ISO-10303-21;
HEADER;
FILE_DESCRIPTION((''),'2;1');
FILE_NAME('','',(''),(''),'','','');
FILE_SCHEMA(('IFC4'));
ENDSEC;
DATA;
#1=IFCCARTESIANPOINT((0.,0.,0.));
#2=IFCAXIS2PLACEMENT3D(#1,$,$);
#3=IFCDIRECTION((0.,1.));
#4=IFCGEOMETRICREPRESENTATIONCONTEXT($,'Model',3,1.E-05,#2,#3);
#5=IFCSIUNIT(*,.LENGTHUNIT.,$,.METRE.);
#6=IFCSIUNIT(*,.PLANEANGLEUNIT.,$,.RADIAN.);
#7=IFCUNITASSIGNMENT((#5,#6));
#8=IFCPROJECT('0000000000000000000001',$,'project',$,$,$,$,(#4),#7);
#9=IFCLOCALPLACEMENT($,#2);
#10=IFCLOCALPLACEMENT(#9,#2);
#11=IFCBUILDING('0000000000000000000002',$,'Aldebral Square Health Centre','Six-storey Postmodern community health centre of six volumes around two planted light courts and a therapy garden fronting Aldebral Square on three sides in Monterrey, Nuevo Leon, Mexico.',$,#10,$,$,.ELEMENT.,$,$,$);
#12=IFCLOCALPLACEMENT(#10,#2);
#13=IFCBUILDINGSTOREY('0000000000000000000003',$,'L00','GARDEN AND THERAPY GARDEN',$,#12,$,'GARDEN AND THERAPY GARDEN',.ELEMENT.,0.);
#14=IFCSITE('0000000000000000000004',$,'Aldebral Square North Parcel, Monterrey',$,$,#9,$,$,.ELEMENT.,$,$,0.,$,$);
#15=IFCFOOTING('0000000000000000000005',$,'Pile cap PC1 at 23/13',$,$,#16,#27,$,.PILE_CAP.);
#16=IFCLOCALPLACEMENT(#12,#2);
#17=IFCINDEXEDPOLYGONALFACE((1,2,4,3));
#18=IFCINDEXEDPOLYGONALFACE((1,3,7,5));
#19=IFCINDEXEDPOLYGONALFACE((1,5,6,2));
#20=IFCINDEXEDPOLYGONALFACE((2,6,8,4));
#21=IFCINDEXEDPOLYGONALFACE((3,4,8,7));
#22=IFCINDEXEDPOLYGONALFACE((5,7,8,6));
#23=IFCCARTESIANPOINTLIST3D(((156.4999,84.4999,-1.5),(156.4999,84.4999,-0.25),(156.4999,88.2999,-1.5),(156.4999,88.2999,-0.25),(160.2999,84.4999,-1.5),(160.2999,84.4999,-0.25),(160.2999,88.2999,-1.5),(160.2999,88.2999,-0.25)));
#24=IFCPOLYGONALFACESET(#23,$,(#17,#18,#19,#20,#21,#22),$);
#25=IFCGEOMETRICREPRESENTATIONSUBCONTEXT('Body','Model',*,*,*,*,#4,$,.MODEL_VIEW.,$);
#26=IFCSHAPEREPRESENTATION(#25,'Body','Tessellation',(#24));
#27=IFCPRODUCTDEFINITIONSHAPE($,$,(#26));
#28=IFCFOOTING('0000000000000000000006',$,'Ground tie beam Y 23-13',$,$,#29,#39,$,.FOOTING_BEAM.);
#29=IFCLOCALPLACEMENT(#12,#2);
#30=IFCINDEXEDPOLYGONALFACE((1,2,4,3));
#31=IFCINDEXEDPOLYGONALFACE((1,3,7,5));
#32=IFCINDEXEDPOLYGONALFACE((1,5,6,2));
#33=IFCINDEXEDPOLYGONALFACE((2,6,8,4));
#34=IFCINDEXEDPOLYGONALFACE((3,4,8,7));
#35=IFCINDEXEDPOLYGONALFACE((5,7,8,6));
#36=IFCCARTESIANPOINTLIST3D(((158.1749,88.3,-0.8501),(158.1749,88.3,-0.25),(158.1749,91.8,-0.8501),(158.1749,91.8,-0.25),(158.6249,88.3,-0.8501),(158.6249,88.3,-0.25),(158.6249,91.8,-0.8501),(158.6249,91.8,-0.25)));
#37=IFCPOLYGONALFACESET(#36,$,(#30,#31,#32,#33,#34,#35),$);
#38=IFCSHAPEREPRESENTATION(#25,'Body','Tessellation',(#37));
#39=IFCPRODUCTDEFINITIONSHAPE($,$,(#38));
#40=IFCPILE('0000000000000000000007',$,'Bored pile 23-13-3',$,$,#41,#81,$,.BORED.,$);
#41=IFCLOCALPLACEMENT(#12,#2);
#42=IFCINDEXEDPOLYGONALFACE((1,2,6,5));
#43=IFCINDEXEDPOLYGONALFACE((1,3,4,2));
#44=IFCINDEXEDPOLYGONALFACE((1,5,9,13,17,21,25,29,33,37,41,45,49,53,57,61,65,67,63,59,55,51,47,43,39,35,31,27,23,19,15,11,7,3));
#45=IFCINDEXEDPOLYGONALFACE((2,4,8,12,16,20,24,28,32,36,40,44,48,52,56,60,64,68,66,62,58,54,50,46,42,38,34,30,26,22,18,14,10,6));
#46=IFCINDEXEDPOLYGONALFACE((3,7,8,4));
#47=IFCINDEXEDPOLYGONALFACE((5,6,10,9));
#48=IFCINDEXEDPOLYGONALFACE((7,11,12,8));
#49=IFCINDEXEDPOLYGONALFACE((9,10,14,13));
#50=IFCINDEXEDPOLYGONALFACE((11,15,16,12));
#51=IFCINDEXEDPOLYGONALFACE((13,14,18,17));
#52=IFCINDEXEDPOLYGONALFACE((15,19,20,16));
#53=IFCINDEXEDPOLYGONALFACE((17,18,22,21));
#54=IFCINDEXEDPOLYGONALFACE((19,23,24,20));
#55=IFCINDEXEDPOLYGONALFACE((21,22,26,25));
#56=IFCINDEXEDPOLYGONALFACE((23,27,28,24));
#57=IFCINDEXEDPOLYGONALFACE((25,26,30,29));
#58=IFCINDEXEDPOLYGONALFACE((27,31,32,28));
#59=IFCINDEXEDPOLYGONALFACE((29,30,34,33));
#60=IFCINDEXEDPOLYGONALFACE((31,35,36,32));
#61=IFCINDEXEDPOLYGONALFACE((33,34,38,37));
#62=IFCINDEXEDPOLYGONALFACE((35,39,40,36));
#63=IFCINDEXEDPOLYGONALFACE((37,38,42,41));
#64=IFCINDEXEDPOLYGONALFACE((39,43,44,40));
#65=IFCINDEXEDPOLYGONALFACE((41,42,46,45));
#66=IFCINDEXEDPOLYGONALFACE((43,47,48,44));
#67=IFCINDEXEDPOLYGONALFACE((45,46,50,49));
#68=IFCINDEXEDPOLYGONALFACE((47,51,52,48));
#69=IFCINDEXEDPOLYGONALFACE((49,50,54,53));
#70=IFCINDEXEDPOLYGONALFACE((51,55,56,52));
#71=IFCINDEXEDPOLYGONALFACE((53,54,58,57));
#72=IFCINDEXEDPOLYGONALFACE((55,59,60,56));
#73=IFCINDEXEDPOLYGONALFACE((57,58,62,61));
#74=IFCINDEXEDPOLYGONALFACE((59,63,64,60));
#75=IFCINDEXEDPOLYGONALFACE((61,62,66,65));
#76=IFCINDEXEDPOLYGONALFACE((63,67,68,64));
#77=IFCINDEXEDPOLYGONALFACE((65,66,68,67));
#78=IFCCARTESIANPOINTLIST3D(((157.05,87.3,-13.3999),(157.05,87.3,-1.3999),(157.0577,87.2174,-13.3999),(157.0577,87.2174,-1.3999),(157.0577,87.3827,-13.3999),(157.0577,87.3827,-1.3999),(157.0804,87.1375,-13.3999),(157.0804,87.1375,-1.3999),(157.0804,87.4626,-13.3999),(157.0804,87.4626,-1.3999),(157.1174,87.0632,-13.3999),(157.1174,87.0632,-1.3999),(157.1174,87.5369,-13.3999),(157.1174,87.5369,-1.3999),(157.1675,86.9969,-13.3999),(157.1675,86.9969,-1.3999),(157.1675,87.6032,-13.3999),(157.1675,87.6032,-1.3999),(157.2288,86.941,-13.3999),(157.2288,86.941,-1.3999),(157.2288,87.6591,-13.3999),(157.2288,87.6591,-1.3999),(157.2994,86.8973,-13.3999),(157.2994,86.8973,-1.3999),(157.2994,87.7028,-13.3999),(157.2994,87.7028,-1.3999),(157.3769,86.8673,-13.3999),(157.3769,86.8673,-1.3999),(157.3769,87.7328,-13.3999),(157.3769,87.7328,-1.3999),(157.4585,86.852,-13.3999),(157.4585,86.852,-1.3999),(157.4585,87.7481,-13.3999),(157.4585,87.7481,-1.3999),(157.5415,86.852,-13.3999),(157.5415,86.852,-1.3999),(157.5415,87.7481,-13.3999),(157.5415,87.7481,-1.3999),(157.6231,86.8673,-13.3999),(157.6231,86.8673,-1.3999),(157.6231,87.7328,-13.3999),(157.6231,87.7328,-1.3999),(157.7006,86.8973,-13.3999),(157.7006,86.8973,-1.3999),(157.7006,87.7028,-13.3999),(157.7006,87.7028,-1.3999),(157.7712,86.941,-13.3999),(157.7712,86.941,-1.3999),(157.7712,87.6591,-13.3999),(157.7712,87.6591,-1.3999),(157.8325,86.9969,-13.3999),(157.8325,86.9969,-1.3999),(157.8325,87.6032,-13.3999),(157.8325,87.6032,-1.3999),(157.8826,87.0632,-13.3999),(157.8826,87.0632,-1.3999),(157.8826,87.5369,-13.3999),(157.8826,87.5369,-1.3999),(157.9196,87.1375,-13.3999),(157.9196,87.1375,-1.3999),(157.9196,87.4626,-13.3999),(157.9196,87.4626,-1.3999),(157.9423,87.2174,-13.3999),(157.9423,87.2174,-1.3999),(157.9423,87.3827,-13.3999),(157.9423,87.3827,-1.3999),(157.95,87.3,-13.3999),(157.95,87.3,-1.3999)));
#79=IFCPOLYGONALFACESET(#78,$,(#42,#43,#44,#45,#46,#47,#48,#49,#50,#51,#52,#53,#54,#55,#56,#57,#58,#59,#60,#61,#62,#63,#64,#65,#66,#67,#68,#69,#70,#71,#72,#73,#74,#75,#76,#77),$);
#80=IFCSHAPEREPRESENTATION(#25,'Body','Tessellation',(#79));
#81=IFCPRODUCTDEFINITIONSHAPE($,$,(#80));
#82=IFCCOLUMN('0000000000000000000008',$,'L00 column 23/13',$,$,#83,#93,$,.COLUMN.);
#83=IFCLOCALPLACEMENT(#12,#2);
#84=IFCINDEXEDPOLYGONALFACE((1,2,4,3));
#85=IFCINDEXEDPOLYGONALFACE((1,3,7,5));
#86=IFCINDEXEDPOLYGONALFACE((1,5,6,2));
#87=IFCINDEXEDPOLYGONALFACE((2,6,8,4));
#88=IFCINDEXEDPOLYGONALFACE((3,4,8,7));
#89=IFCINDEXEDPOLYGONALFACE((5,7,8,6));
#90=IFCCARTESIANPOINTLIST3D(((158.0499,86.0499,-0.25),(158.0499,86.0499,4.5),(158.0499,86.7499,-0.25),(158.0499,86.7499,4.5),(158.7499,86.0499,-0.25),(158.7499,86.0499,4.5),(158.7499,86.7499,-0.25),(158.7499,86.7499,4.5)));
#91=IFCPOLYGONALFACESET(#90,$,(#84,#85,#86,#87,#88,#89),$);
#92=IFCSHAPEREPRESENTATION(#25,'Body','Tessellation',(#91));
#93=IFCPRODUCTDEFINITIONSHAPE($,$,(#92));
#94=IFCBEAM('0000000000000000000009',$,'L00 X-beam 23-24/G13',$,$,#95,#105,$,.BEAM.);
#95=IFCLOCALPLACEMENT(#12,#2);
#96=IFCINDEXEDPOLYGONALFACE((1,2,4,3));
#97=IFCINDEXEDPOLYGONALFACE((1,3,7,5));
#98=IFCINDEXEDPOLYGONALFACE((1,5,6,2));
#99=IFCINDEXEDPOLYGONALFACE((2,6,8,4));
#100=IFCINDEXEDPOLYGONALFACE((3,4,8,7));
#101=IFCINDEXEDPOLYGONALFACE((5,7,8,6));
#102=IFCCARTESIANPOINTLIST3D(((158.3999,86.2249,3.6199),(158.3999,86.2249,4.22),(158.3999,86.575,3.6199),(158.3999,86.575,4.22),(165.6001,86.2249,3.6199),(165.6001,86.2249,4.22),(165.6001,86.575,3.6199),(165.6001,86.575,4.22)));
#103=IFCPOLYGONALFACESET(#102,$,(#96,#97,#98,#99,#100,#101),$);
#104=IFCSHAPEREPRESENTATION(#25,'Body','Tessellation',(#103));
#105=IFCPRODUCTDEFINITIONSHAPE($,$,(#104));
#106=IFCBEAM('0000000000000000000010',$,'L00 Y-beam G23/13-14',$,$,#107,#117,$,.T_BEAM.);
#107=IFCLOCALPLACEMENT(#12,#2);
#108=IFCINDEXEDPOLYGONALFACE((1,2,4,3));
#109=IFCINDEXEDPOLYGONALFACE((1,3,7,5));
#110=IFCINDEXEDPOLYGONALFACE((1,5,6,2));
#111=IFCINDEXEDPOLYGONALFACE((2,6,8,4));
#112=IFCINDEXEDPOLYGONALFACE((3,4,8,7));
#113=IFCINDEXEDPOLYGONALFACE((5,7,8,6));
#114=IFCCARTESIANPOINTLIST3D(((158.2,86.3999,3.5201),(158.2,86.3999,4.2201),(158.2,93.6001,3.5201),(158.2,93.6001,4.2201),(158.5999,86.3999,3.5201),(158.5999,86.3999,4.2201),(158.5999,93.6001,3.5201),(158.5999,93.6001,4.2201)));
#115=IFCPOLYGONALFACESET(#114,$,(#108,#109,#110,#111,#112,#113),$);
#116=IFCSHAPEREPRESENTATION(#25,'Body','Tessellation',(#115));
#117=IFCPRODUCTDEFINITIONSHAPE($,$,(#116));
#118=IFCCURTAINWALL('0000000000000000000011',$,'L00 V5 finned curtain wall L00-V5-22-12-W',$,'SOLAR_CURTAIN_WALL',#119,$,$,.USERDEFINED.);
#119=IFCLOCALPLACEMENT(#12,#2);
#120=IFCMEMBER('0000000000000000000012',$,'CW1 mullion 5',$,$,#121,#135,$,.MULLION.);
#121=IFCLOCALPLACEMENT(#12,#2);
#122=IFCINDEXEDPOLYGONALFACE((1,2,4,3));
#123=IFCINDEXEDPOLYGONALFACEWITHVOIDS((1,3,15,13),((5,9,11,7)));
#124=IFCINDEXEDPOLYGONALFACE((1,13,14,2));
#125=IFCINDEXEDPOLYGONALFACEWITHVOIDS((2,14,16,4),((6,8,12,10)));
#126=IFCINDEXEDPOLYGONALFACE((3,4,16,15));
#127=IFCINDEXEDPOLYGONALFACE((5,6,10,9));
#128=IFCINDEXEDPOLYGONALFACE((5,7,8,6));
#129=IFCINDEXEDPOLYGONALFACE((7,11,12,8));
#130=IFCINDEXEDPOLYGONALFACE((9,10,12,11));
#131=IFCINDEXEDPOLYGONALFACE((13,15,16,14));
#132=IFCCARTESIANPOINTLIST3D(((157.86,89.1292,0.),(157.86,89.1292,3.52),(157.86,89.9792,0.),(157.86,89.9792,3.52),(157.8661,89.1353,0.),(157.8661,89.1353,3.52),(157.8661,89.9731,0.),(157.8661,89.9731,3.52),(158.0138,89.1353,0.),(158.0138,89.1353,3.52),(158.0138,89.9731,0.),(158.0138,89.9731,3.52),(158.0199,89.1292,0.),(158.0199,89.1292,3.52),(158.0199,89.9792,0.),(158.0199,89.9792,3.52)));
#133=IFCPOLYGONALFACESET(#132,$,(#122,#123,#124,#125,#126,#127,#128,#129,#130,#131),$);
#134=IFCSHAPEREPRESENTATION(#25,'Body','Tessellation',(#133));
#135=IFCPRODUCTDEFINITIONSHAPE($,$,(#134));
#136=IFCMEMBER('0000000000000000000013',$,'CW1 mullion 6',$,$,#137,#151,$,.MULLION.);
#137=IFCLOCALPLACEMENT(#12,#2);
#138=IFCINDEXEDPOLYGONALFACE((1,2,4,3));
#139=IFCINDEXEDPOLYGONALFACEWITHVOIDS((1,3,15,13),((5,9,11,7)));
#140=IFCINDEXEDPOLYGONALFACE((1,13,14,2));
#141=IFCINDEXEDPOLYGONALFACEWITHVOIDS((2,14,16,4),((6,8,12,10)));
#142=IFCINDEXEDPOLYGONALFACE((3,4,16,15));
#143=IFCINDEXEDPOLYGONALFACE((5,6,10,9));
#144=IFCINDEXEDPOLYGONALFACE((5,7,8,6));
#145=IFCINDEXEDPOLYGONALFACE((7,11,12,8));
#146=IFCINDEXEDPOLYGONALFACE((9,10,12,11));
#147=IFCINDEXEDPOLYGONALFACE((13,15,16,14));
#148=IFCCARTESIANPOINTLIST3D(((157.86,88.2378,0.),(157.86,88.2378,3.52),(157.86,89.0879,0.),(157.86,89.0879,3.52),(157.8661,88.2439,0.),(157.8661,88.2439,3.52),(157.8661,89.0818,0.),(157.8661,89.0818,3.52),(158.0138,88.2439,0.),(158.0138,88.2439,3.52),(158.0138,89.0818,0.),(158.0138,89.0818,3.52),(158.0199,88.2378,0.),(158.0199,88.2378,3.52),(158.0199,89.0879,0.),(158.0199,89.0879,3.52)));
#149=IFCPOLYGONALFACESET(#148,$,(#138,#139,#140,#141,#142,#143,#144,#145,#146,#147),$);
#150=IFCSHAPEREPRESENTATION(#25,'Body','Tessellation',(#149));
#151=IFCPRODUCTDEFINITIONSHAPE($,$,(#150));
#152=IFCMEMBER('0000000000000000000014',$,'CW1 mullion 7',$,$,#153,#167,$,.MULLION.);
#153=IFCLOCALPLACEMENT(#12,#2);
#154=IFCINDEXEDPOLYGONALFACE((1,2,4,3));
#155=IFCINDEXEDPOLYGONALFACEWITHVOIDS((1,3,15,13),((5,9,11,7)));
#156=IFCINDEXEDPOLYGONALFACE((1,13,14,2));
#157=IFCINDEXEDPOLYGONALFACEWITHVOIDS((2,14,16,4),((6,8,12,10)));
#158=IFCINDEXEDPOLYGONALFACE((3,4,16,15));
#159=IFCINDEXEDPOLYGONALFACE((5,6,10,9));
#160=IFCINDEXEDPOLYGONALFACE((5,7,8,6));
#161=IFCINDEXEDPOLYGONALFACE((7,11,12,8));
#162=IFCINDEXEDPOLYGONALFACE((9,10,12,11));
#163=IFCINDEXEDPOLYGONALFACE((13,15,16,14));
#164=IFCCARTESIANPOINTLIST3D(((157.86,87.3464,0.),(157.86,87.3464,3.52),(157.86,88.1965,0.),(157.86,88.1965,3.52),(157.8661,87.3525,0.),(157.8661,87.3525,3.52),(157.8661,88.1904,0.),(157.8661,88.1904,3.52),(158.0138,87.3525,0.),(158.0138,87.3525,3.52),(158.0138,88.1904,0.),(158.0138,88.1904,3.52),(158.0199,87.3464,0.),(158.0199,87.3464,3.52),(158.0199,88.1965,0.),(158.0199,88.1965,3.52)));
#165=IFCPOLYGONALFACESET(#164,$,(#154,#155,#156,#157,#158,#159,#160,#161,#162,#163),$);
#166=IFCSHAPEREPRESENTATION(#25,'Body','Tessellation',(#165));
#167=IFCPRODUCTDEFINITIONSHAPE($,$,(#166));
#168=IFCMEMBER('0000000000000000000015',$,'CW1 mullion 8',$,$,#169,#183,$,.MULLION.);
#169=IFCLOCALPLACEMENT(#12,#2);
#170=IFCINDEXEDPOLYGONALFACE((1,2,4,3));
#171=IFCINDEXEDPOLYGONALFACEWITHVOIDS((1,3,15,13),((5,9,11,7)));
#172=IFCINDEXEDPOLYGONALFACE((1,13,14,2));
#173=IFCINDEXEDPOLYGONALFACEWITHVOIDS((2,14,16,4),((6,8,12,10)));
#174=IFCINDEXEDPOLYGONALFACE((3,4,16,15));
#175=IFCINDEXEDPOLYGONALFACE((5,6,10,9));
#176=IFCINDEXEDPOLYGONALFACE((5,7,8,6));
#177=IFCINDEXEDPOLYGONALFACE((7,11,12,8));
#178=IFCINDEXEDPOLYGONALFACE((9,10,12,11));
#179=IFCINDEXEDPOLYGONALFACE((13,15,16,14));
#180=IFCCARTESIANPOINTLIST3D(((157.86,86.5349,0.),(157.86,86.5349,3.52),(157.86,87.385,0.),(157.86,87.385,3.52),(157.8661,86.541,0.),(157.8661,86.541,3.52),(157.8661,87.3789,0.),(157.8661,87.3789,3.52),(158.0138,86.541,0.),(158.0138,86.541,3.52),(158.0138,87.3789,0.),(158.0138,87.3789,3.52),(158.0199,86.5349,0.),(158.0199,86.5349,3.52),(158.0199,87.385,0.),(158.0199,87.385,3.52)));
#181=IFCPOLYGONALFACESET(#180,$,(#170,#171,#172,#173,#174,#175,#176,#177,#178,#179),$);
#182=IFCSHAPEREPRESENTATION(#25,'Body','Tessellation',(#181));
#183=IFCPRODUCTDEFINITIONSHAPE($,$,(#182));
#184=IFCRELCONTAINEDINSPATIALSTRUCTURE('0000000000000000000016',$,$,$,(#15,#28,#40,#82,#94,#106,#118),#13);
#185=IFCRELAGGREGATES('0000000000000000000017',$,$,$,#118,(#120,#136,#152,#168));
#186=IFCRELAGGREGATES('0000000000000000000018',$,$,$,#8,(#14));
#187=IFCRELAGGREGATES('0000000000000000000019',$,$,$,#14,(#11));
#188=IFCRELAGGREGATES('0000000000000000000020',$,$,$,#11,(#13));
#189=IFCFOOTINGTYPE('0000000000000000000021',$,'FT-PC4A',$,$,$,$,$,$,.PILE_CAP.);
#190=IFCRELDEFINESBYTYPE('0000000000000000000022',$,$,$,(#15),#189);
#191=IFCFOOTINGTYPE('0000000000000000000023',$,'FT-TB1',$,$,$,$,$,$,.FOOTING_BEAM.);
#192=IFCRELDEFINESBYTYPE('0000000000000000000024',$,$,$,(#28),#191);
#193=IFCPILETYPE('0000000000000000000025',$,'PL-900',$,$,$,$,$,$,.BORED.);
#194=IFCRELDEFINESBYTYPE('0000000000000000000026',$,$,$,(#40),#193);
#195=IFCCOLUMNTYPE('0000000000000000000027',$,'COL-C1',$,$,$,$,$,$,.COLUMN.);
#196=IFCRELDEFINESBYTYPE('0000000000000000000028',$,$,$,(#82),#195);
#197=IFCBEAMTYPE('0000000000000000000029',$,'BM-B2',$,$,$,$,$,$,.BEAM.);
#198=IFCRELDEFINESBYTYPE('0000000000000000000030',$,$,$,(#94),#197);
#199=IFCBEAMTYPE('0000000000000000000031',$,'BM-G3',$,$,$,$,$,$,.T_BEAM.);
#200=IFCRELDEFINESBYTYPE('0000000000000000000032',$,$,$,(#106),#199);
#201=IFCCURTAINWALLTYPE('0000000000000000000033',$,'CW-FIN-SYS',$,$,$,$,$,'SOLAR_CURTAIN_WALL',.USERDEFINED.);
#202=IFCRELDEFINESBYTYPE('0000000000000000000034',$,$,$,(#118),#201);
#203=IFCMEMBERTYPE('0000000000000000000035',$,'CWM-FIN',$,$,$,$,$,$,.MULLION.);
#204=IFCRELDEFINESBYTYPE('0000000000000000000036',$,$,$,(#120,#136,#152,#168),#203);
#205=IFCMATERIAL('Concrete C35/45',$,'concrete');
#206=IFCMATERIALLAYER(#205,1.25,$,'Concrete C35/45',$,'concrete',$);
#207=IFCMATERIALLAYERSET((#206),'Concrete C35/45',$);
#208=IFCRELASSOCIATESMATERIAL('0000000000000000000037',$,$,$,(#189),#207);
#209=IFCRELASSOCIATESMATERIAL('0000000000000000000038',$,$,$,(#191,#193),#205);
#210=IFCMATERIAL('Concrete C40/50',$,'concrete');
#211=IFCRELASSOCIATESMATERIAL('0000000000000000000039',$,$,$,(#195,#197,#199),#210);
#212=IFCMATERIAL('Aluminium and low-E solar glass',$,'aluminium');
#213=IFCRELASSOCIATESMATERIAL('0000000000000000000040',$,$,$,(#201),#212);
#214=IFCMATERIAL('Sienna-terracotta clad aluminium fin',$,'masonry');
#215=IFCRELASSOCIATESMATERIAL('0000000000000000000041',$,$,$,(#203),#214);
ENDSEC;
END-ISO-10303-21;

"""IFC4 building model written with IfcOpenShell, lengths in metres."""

from ifc_helpers import new_model, si_unit, direction, frame, origin, origin_2d, place, context, subcontext, project, spatial, rectangle, hollow_rectangle, circle, extrude, material, layer, layer_set, material_profile, profile_set, type_object, element, aggregate, save


model = new_model("IFC4")

# Units and contexts
model_context = context("Model", 3, precision=1e-05, world=origin(), true_north=direction((0.0, 1.0)))
body_context = subcontext(model_context, "Body", "Model", "MODEL_VIEW")
ifc_project = project(units=[si_unit("LENGTHUNIT", "METRE"), si_unit("PLANEANGLEUNIT", "RADIAN")], contexts=[model_context])

# Site, building, storey
site_placement = place(None, origin())
site = spatial("IfcSite", under=ifc_project, at=site_placement, Name="Aldebral Square North Parcel, Monterrey", CompositionType="ELEMENT", RefElevation=0.0)
building_placement = place(site_placement, origin())
building = spatial("IfcBuilding", under=site, at=building_placement, Name="Aldebral Square Health Centre", Description="Six-storey Postmodern community health centre of six volumes around two planted light courts and a therapy garden fronting Aldebral Square on three sides in Monterrey, Nuevo Leon, Mexico.", CompositionType="ELEMENT")
storey_placement = place(building_placement, origin())
storey = spatial("IfcBuildingStorey", under=building, at=storey_placement, Name="L00", Description="GARDEN AND THERAPY GARDEN", LongName="GARDEN AND THERAPY GARDEN", CompositionType="ELEMENT", Elevation=0.0)

# Footings
ifc_material_1 = material(Name="Concrete C35/45", Category="concrete")
ifc_layer_1 = layer(ifc_material_1, 1.25, Name="Concrete C35/45", Category="concrete")
ifc_layer_set_1 = layer_set([ifc_layer_1], Name="Concrete C35/45")
footing_type_1 = type_object("IfcFootingType", Name="FT-PC4A", PredefinedType="PILE_CAP", material=ifc_layer_set_1)
footing_1_placement = place(storey_placement, frame((158.3999, 86.3999, -1.5), z_axis=(0.0, 0.0, 1.0), x_axis=(1.0, 0.0, 0.0)))
element("IfcFooting", 1, at=footing_1_placement, inside=storey, type_object=footing_type_1, Name="Pile cap PC1 at 23/13", PredefinedType="PILE_CAP", context=body_context, shape_type="SweptSolid", body=[
    extrude(rectangle(XDim=3.8, YDim=3.8, at=origin_2d()), origin(), (0.0, 0.0, 1.0), 1.25),
])
ifc_material_profile_1 = material_profile(ifc_material_1, rectangle(XDim=0.45, YDim=0.6001, at=origin_2d()), Name="RC 450x600")
ifc_profile_set_1 = profile_set([ifc_material_profile_1], Name="Concrete C35/45")
footing_type_2 = type_object("IfcFootingType", Name="FT-TB1", PredefinedType="FOOTING_BEAM", material=ifc_profile_set_1)
footing_2_placement = place(storey_placement, frame((158.3999, 88.3, -0.55), z_axis=(0.0, 1.0, 0.0), x_axis=(-1.0, 0.0, 0.0)))
element("IfcFooting", 2, at=footing_2_placement, inside=storey, type_object=footing_type_2, Name="Ground tie beam Y 23-13", PredefinedType="FOOTING_BEAM", context=body_context, shape_type="SweptSolid", body=[
    extrude(rectangle(XDim=0.45, YDim=0.6001, at=origin_2d()), origin(), (0.0, 0.0, 1.0), 3.5),
])

# Pile
ifc_material_profile_2 = material_profile(ifc_material_1, circle(Radius=0.45, at=origin_2d()), Name="PILE D900")
ifc_profile_set_2 = profile_set([ifc_material_profile_2], Name="Concrete C35/45")
pile_type = type_object("IfcPileType", Name="PL-900", PredefinedType="BORED", material=ifc_profile_set_2)
pile_placement = place(storey_placement, frame((157.5, 87.3, -1.3999), z_axis=(0.0, 0.0, -1.0), x_axis=(1.0, 0.0, 0.0)))
element("IfcPile", 3, at=pile_placement, inside=storey, type_object=pile_type, Name="Bored pile 23-13-3", PredefinedType="BORED", context=body_context, shape_type="SweptSolid", body=[
    extrude(circle(Radius=0.45, at=origin_2d()), origin(), (0.0, 0.0, 1.0), 12.0),
])

# Column
ifc_material_2 = material(Name="Concrete C40/50", Category="concrete")
ifc_material_profile_3 = material_profile(ifc_material_2, rectangle(XDim=0.7, YDim=0.7, at=origin_2d()), Name="RC 700x700")
ifc_profile_set_3 = profile_set([ifc_material_profile_3], Name="Concrete C40/50")
column_type = type_object("IfcColumnType", Name="COL-C1", PredefinedType="COLUMN", material=ifc_profile_set_3)
column_placement = place(storey_placement, frame((158.3999, 86.3999, -0.25), z_axis=(0.0, 0.0, 1.0), x_axis=(1.0, 0.0, 0.0)))
element("IfcColumn", 4, at=column_placement, inside=storey, type_object=column_type, Name="L00 column 23/13", PredefinedType="COLUMN", context=body_context, shape_type="SweptSolid", body=[
    extrude(rectangle(XDim=0.7, YDim=0.7, at=origin_2d()), origin(), (0.0, 0.0, 1.0), 4.75),
])

# Beams
ifc_material_profile_4 = material_profile(ifc_material_2, rectangle(XDim=0.3501, YDim=0.6001, at=origin_2d()), Name="RC 350x600")
ifc_profile_set_4 = profile_set([ifc_material_profile_4], Name="Concrete C40/50")
beam_type_1 = type_object("IfcBeamType", Name="BM-B2", PredefinedType="BEAM", material=ifc_profile_set_4)
beam_1_placement = place(storey_placement, frame((158.3999, 86.3999, 3.9199), z_axis=(1.0, 0.0, 0.0), x_axis=(0.0, 1.0, 0.0)))
element("IfcBeam", 5, at=beam_1_placement, inside=storey, type_object=beam_type_1, Name="L00 X-beam 23-24/G13", PredefinedType="BEAM", context=body_context, shape_type="SweptSolid", body=[
    extrude(rectangle(XDim=0.3501, YDim=0.6001, at=origin_2d()), origin(), (0.0, 0.0, 1.0), 7.2002),
])
ifc_material_profile_5 = material_profile(ifc_material_2, rectangle(XDim=0.3999, YDim=0.7, at=origin_2d()), Name="RC 400x700")
ifc_profile_set_5 = profile_set([ifc_material_profile_5], Name="Concrete C40/50")
beam_type_2 = type_object("IfcBeamType", Name="BM-G3", PredefinedType="T_BEAM", material=ifc_profile_set_5)
beam_2_placement = place(storey_placement, frame((158.3999, 86.3999, 3.8701), z_axis=(0.0, 1.0, 0.0), x_axis=(-1.0, 0.0, 0.0)))
element("IfcBeam", 6, at=beam_2_placement, inside=storey, type_object=beam_type_2, Name="L00 Y-beam G23/13-14", PredefinedType="T_BEAM", context=body_context, shape_type="SweptSolid", body=[
    extrude(rectangle(XDim=0.3999, YDim=0.7, at=origin_2d()), origin(), (0.0, 0.0, 1.0), 7.2002),
])

# Curtain wall, members
ifc_material_3 = material(Name="Aluminium and low-E solar glass", Category="aluminium")
curtain_wall_type = type_object("IfcCurtainWallType", Name="CW-FIN-SYS", ElementType="SOLAR_CURTAIN_WALL", PredefinedType="USERDEFINED", material=ifc_material_3)
curtain_wall_placement = place(storey_placement, origin())
curtain_wall = element("IfcCurtainWall", 7, at=curtain_wall_placement, inside=storey, type_object=curtain_wall_type, Name="L00 V5 finned curtain wall L00-V5-22-12-W", ObjectType="SOLAR_CURTAIN_WALL", PredefinedType="USERDEFINED")
ifc_material_4 = material(Name="Sienna-terracotta clad aluminium fin", Category="masonry")
ifc_material_profile_6 = material_profile(ifc_material_4, hollow_rectangle(XDim=0.1599, YDim=0.8501, WallThickness=0.0061, at=origin_2d()), Name="FIN 160x850x6")
ifc_profile_set_6 = profile_set([ifc_material_profile_6], Name="Sienna-terracotta clad aluminium fin")
member_type_1 = type_object("IfcMemberType", Name="CWM-FIN", PredefinedType="MULLION", material=ifc_profile_set_6)
member_1_placement = place(storey_placement, frame((157.9399, 89.5542, 0.0), z_axis=(0.0, 0.0, 1.0), x_axis=(1.0, 0.0, 0.0)))
member_1 = element("IfcMember", 8, at=member_1_placement, type_object=member_type_1, Name="CW1 mullion 5", PredefinedType="MULLION", context=body_context, shape_type="SweptSolid", body=[
    extrude(hollow_rectangle(XDim=0.1599, YDim=0.8501, WallThickness=0.0061, at=origin_2d()), origin(), (0.0, 0.0, 1.0), 3.52),
])
member_2_placement = place(storey_placement, frame((157.9399, 88.6628, 0.0), z_axis=(0.0, 0.0, 1.0), x_axis=(1.0, 0.0, 0.0)))
member_2 = element("IfcMember", 9, at=member_2_placement, type_object=member_type_1, Name="CW1 mullion 6", PredefinedType="MULLION", context=body_context, shape_type="SweptSolid", body=[
    extrude(hollow_rectangle(XDim=0.1599, YDim=0.8501, WallThickness=0.0061, at=origin_2d()), origin(), (0.0, 0.0, 1.0), 3.52),
])
member_3_placement = place(storey_placement, frame((157.9399, 87.7715, 0.0), z_axis=(0.0, 0.0, 1.0), x_axis=(1.0, 0.0, 0.0)))
member_3 = element("IfcMember", 10, at=member_3_placement, type_object=member_type_1, Name="CW1 mullion 7", PredefinedType="MULLION", context=body_context, shape_type="SweptSolid", body=[
    extrude(hollow_rectangle(XDim=0.1599, YDim=0.8501, WallThickness=0.0061, at=origin_2d()), origin(), (0.0, 0.0, 1.0), 3.52),
])
member_4_placement = place(storey_placement, frame((157.9399, 86.96, 0.0), z_axis=(0.0, 0.0, 1.0), x_axis=(1.0, 0.0, 0.0)))
member_4 = element("IfcMember", 11, at=member_4_placement, type_object=member_type_1, Name="CW1 mullion 8", PredefinedType="MULLION", context=body_context, shape_type="SweptSolid", body=[
    extrude(hollow_rectangle(XDim=0.1599, YDim=0.8501, WallThickness=0.0061, at=origin_2d()), origin(), (0.0, 0.0, 1.0), 3.52),
])
aggregate(curtain_wall, [member_1, member_2, member_3, member_4])

save(model, "model.ifc")
